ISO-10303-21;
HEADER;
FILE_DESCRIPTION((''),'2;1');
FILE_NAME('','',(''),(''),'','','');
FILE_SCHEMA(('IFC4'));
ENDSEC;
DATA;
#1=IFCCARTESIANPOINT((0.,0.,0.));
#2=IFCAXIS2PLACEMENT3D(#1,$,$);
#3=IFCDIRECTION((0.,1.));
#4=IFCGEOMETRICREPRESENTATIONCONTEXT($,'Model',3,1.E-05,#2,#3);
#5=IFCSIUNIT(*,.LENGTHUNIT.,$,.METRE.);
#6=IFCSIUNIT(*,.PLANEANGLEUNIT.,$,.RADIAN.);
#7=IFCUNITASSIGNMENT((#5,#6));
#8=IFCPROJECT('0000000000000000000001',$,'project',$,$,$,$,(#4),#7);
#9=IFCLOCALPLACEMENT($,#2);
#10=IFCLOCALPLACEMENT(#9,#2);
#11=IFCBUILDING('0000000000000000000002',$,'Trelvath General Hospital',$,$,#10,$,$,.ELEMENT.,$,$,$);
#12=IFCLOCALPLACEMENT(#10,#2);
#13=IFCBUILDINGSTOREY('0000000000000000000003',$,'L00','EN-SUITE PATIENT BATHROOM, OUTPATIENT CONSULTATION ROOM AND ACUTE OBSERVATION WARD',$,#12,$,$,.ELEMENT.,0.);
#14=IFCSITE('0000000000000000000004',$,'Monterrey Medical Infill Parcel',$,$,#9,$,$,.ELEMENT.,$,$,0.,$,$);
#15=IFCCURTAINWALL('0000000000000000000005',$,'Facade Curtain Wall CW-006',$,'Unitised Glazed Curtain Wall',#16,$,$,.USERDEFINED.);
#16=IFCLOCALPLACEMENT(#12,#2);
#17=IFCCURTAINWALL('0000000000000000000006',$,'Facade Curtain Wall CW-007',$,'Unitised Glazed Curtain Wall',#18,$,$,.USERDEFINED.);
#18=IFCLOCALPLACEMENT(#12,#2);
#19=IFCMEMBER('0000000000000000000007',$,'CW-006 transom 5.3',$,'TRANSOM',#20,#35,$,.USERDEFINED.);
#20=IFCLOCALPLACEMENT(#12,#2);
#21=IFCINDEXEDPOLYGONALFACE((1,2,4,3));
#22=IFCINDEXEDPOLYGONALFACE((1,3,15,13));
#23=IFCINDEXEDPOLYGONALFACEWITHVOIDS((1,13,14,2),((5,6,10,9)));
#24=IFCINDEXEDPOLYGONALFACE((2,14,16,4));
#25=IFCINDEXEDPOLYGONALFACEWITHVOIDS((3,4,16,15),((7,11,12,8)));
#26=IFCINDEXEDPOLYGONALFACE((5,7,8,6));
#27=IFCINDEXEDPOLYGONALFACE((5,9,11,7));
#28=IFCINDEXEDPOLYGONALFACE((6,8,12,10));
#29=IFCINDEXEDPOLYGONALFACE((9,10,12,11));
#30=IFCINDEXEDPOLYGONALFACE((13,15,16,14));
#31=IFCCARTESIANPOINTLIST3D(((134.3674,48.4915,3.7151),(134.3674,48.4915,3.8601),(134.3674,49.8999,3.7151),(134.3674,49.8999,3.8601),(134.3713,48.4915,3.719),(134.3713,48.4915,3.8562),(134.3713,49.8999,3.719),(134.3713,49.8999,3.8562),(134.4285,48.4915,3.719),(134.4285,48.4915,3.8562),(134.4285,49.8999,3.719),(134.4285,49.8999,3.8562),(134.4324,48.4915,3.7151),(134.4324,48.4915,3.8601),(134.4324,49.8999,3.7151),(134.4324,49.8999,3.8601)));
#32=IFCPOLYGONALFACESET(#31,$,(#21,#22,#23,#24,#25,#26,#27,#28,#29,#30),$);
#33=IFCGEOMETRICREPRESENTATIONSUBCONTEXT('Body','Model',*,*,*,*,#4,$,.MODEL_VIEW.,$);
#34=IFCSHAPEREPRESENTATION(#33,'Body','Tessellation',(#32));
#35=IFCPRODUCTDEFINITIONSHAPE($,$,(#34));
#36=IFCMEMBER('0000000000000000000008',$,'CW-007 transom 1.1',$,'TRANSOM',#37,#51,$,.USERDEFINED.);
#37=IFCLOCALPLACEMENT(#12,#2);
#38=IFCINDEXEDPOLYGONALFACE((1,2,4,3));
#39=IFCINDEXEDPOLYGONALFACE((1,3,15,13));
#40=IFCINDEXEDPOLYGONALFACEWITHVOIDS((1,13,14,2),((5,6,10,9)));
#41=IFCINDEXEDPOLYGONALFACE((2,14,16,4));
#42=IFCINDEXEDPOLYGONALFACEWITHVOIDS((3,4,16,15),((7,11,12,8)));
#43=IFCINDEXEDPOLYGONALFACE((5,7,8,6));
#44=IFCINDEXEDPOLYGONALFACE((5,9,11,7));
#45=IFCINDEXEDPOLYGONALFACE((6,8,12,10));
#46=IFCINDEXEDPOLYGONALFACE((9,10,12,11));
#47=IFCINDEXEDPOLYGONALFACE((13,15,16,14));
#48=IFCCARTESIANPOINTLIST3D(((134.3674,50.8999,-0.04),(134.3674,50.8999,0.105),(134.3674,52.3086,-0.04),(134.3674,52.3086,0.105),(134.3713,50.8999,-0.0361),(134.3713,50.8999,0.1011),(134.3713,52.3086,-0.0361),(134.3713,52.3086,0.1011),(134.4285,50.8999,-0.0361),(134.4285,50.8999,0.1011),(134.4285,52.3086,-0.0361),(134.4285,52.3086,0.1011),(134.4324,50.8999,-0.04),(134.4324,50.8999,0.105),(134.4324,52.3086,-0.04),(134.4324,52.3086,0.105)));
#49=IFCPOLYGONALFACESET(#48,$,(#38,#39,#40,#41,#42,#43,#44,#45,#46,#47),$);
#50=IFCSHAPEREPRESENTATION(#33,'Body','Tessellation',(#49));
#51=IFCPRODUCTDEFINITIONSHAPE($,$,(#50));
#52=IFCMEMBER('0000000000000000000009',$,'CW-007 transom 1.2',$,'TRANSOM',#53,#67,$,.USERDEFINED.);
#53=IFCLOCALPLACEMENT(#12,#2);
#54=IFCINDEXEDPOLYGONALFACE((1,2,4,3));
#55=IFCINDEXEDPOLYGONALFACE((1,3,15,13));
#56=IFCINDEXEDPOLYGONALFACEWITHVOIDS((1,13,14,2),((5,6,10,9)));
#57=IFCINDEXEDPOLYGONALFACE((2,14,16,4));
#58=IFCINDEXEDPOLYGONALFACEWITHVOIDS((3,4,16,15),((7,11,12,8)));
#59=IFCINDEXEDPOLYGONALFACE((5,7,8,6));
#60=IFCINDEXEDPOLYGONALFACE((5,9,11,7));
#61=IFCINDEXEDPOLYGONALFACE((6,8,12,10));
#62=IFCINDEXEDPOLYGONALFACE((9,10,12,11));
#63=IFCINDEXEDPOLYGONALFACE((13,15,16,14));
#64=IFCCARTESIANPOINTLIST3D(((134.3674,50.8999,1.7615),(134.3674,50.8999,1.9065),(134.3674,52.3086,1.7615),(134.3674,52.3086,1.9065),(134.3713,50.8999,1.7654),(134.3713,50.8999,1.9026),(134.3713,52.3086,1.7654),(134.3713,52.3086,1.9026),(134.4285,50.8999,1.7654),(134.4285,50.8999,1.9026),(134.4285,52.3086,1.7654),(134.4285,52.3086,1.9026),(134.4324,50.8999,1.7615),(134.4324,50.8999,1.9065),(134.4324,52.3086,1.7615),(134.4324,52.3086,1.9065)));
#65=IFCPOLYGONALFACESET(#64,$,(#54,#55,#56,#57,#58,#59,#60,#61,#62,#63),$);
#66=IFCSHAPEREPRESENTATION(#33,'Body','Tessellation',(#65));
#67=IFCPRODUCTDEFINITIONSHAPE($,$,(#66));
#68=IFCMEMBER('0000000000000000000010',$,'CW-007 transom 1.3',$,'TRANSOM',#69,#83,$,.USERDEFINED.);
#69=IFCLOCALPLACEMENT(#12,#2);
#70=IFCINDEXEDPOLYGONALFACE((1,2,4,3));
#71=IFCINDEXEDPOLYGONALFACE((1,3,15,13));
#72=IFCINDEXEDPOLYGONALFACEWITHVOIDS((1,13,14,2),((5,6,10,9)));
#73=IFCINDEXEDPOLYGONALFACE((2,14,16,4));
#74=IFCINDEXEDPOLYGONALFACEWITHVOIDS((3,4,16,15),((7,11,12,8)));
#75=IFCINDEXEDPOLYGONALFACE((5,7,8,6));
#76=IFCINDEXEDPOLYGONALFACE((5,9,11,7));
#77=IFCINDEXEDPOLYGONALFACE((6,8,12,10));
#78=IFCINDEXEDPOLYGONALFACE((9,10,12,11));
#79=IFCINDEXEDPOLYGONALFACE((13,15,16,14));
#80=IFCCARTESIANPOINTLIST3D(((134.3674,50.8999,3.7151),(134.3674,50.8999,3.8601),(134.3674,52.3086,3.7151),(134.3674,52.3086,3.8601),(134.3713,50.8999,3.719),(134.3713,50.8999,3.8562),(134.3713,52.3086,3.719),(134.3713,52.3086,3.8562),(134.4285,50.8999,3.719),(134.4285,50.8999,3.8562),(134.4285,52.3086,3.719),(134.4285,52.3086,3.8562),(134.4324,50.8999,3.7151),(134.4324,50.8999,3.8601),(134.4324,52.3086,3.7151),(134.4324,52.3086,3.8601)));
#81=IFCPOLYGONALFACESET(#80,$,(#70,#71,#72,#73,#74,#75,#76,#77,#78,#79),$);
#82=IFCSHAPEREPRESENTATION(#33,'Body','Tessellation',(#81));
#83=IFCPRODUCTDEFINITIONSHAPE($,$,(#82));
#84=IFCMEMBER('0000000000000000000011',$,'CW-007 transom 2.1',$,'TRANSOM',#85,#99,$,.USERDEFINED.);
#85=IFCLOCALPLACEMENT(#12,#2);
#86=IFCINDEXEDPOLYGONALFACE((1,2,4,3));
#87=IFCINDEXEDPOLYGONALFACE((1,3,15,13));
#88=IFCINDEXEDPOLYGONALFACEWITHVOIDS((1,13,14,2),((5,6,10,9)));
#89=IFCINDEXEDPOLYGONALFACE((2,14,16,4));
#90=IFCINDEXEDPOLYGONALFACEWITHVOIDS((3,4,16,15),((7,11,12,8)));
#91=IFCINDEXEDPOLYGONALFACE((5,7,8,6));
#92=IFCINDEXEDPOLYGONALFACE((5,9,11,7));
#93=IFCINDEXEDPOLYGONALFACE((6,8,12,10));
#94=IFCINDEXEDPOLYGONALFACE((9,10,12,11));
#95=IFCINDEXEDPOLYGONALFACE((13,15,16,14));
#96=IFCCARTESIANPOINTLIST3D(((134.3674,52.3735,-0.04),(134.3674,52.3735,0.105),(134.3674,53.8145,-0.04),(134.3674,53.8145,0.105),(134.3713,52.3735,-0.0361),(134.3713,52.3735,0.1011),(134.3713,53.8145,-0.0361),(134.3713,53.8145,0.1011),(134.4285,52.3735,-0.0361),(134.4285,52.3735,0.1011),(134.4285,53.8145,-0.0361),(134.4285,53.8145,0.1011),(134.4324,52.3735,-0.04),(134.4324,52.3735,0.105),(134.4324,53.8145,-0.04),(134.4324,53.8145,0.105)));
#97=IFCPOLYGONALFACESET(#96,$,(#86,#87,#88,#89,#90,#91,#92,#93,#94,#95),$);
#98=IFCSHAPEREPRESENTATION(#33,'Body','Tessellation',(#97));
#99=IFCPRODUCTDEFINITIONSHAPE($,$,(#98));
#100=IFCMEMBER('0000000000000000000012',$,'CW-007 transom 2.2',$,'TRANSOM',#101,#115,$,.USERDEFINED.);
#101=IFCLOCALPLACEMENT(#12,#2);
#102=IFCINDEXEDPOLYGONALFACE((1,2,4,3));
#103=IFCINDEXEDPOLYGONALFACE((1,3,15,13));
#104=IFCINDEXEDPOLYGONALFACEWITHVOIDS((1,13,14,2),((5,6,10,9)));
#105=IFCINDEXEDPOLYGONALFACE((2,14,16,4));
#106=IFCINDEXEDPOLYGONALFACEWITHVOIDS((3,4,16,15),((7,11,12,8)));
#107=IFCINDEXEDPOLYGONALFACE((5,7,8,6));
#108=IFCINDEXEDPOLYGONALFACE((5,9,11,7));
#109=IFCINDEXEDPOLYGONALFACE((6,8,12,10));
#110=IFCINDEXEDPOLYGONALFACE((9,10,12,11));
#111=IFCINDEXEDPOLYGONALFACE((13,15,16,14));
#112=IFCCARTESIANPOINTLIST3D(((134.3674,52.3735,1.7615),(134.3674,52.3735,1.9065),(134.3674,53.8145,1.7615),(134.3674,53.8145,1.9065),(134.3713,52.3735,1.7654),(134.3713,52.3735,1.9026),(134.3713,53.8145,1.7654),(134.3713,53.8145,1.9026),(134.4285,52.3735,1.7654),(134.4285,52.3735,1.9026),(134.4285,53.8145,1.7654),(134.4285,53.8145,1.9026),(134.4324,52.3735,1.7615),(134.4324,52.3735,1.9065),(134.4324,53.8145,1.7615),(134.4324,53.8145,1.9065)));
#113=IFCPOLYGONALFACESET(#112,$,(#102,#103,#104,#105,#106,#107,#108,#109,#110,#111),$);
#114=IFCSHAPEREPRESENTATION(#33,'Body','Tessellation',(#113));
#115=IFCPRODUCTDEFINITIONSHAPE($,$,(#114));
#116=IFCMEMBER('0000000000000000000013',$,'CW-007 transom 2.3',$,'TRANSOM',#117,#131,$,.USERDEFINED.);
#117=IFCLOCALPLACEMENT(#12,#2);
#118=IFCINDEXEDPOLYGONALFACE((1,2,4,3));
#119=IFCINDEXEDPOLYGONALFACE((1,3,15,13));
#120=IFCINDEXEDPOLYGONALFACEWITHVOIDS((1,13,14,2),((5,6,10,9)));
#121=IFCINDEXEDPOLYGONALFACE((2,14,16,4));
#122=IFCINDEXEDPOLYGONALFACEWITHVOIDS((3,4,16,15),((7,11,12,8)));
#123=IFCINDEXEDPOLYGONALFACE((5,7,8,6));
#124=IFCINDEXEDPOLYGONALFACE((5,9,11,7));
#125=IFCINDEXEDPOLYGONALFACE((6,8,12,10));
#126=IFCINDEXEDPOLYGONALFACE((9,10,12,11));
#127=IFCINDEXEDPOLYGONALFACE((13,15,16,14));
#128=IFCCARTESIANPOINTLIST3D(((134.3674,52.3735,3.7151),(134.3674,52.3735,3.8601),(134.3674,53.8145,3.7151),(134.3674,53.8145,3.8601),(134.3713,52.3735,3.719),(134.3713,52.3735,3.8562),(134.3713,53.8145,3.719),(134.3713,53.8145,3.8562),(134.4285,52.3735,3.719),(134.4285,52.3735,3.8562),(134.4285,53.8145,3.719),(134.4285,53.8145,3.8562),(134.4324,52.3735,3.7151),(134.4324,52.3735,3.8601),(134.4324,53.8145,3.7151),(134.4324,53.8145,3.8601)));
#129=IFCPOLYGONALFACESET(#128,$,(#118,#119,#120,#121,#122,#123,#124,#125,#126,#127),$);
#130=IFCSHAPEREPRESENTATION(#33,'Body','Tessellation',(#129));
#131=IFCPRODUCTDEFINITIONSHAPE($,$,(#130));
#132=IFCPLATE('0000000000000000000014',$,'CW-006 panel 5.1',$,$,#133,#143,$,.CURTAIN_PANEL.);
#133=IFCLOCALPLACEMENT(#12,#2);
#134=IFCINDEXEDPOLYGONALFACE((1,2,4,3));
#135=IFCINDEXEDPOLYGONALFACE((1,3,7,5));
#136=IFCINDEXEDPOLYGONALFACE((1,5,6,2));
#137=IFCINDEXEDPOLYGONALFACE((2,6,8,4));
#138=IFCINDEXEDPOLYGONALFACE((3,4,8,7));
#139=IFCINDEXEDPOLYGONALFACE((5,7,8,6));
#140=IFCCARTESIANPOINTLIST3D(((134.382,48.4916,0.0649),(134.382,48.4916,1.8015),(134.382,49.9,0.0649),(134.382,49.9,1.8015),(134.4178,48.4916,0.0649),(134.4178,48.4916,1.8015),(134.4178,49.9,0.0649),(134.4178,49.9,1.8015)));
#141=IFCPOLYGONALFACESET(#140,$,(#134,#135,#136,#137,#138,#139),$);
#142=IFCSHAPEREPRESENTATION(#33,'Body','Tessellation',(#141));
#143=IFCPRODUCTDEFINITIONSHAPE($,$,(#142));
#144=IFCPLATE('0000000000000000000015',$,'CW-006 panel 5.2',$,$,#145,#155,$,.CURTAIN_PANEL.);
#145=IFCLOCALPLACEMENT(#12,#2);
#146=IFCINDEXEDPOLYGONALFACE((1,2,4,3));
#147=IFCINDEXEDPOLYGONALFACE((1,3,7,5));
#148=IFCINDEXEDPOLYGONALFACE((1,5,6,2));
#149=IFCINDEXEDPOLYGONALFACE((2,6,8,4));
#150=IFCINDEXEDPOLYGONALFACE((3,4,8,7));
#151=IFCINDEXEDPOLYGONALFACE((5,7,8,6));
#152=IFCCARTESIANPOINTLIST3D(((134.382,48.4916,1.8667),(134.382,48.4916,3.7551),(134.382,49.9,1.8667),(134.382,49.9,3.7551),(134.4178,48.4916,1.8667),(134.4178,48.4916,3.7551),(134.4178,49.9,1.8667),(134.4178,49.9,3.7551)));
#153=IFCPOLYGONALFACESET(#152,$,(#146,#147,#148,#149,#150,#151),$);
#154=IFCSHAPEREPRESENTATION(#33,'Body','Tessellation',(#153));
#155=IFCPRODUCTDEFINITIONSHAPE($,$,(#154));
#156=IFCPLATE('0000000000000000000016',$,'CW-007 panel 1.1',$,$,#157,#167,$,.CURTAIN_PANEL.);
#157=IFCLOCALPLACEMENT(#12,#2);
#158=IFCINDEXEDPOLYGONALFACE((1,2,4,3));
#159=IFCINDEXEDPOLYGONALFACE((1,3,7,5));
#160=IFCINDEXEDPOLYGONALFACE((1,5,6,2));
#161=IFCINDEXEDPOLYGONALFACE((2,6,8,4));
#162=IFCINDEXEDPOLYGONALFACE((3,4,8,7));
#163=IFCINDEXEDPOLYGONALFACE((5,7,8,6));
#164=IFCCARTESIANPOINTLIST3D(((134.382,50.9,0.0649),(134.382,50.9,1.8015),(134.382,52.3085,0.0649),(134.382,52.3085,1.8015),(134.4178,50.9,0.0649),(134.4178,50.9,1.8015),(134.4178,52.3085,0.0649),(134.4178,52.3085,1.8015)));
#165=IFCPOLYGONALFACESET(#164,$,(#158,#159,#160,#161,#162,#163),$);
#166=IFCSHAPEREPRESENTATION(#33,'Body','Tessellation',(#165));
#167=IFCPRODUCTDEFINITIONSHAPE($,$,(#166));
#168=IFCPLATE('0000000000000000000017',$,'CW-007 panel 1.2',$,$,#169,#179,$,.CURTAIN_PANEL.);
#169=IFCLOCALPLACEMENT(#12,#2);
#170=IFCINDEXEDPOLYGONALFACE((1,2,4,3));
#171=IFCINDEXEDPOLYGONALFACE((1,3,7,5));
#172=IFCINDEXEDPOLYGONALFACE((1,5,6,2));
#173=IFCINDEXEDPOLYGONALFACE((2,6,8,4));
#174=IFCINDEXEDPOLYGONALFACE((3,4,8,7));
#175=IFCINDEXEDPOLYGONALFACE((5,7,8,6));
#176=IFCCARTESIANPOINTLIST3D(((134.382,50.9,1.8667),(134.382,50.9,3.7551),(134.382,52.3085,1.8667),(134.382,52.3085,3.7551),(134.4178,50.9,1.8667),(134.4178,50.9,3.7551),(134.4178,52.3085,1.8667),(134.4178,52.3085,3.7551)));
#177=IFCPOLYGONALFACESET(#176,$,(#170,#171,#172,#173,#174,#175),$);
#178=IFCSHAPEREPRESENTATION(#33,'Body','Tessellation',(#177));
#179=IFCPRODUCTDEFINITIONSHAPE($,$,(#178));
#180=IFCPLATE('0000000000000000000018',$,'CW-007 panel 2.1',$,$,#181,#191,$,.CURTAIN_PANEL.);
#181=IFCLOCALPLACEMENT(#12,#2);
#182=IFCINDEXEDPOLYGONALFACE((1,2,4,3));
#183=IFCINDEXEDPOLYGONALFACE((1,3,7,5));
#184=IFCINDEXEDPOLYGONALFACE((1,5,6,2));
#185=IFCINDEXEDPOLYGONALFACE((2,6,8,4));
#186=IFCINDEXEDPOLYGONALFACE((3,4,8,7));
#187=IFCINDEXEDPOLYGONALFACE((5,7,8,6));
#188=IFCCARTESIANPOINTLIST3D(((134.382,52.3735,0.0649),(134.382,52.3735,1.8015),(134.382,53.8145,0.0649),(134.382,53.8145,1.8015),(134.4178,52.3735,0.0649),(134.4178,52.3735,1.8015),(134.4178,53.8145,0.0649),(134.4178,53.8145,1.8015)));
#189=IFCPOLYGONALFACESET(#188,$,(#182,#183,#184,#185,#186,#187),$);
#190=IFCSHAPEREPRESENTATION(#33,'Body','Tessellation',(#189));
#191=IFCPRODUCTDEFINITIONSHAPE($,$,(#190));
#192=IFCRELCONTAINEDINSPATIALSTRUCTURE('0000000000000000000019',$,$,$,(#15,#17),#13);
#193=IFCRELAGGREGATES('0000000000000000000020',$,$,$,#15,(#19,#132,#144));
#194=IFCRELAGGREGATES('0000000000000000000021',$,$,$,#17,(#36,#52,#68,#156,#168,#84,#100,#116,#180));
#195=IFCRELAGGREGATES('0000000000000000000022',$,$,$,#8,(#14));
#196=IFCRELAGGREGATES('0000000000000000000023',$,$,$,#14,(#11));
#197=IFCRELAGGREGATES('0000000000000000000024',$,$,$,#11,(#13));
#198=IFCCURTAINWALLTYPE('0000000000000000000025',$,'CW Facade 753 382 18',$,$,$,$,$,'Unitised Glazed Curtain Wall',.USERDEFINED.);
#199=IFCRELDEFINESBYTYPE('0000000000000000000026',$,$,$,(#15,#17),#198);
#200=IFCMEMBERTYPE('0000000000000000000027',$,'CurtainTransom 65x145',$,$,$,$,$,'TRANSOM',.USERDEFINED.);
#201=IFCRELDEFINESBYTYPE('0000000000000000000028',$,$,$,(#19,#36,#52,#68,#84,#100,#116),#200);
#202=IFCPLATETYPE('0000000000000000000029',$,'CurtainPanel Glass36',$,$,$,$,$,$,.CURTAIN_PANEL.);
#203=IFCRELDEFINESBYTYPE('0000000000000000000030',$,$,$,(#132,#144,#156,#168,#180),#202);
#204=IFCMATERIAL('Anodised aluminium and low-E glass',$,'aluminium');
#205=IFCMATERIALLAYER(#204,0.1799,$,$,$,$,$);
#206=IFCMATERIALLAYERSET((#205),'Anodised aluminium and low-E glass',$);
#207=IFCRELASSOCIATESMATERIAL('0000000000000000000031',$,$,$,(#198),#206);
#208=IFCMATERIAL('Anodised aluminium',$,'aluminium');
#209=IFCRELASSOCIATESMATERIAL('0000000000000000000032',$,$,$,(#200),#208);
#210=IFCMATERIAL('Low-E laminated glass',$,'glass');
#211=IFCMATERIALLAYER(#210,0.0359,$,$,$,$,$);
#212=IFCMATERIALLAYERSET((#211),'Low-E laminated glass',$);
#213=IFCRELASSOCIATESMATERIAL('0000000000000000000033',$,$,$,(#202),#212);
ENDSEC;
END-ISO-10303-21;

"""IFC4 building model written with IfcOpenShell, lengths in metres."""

from ifc_helpers import new_model, si_unit, direction, frame, origin, origin_2d, place, context, subcontext, project, spatial, rectangle, hollow_rectangle, extrude, material, layer, layer_set, material_profile, profile_set, type_object, element, aggregate, save


model = new_model("IFC4")

# Units and contexts
model_context = context("Model", 3, precision=1e-05, world=origin(), true_north=direction((0.0, 1.0)))
body_context = subcontext(model_context, "Body", "Model", "MODEL_VIEW")
ifc_project = project(units=[si_unit("LENGTHUNIT", "METRE"), si_unit("PLANEANGLEUNIT", "RADIAN")], contexts=[model_context])

# Site, building, storey
site_placement = place(None, origin())
site = spatial("IfcSite", under=ifc_project, at=site_placement, Name="Monterrey Medical Infill Parcel", CompositionType="ELEMENT", RefElevation=0.0)
building_placement = place(site_placement, origin())
building = spatial("IfcBuilding", under=site, at=building_placement, Name="Trelvath General Hospital", CompositionType="ELEMENT")
storey_placement = place(building_placement, origin())
storey = spatial("IfcBuildingStorey", under=building, at=storey_placement, Name="L00", Description="EN-SUITE PATIENT BATHROOM, OUTPATIENT CONSULTATION ROOM AND ACUTE OBSERVATION WARD", CompositionType="ELEMENT", Elevation=0.0)

# Curtain wall
ifc_material_1 = material(Name="Anodised aluminium and low-E glass", Category="aluminium")
ifc_layer_1 = layer(ifc_material_1, 0.1799)
ifc_layer_set_1 = layer_set([ifc_layer_1], Name="Anodised aluminium and low-E glass")
curtain_wall_type = type_object("IfcCurtainWallType", Name="CW Facade 753 382 18", ElementType="Unitised Glazed Curtain Wall", PredefinedType="USERDEFINED", material=ifc_layer_set_1)
curtain_wall_1_placement = place(storey_placement, origin())
curtain_wall_1 = element("IfcCurtainWall", 1, at=curtain_wall_1_placement, inside=storey, type_object=curtain_wall_type, Name="Facade Curtain Wall CW-006", ObjectType="Unitised Glazed Curtain Wall", PredefinedType="USERDEFINED")

# Curtain wall
curtain_wall_2_placement = place(storey_placement, origin())
curtain_wall_2 = element("IfcCurtainWall", 2, at=curtain_wall_2_placement, inside=storey, type_object=curtain_wall_type, Name="Facade Curtain Wall CW-007", ObjectType="Unitised Glazed Curtain Wall", PredefinedType="USERDEFINED")

# Members
ifc_material_2 = material(Name="Anodised aluminium", Category="aluminium")
ifc_material_profile_1 = material_profile(ifc_material_2, hollow_rectangle(XDim=0.0649, YDim=0.145, WallThickness=0.0039, at=origin_2d()), Name="RHS65x145x4")
ifc_profile_set_1 = profile_set([ifc_material_profile_1], Name="Anodised aluminium")
member_type_1 = type_object("IfcMemberType", Name="CurtainTransom 65x145", ElementType="TRANSOM", PredefinedType="USERDEFINED", material=ifc_profile_set_1)
member_1_placement = place(storey_placement, frame((134.3999, 48.4915, 3.7876), z_axis=(0.0, 1.0, 0.0), x_axis=(-1.0, 0.0, 0.0)))
member_1 = element("IfcMember", 3, at=member_1_placement, type_object=member_type_1, Name="CW-006 transom 5.3", ObjectType="TRANSOM", PredefinedType="USERDEFINED", context=body_context, shape_type="SweptSolid", body=[
    extrude(hollow_rectangle(XDim=0.0649, YDim=0.145, WallThickness=0.0039, at=origin_2d()), origin(), (0.0, 0.0, 1.0), 1.4084),
])
member_2_placement = place(storey_placement, frame((134.3999, 50.8999, 0.0325), z_axis=(0.0, 1.0, 0.0), x_axis=(-1.0, 0.0, 0.0)))
member_2 = element("IfcMember", 4, at=member_2_placement, type_object=member_type_1, Name="CW-007 transom 1.1", ObjectType="TRANSOM", PredefinedType="USERDEFINED", context=body_context, shape_type="SweptSolid", body=[
    extrude(hollow_rectangle(XDim=0.0649, YDim=0.145, WallThickness=0.0039, at=origin_2d()), origin(), (0.0, 0.0, 1.0), 1.4087),
])
member_3_placement = place(storey_placement, frame((134.3999, 50.8999, 1.834), z_axis=(0.0, 1.0, 0.0), x_axis=(-1.0, 0.0, 0.0)))
member_3 = element("IfcMember", 5, at=member_3_placement, type_object=member_type_1, Name="CW-007 transom 1.2", ObjectType="TRANSOM", PredefinedType="USERDEFINED", context=body_context, shape_type="SweptSolid", body=[
    extrude(hollow_rectangle(XDim=0.0649, YDim=0.145, WallThickness=0.0039, at=origin_2d()), origin(), (0.0, 0.0, 1.0), 1.4087),
])
member_4_placement = place(storey_placement, frame((134.3999, 50.8999, 3.7876), z_axis=(0.0, 1.0, 0.0), x_axis=(-1.0, 0.0, 0.0)))
member_4 = element("IfcMember", 6, at=member_4_placement, type_object=member_type_1, Name="CW-007 transom 1.3", ObjectType="TRANSOM", PredefinedType="USERDEFINED", context=body_context, shape_type="SweptSolid", body=[
    extrude(hollow_rectangle(XDim=0.0649, YDim=0.145, WallThickness=0.0039, at=origin_2d()), origin(), (0.0, 0.0, 1.0), 1.4087),
])
member_5_placement = place(storey_placement, frame((134.3999, 52.3735, 0.0325), z_axis=(0.0, 1.0, 0.0), x_axis=(-1.0, 0.0, 0.0)))
member_5 = element("IfcMember", 7, at=member_5_placement, type_object=member_type_1, Name="CW-007 transom 2.1", ObjectType="TRANSOM", PredefinedType="USERDEFINED", context=body_context, shape_type="SweptSolid", body=[
    extrude(hollow_rectangle(XDim=0.0649, YDim=0.145, WallThickness=0.0039, at=origin_2d()), origin(), (0.0, 0.0, 1.0), 1.4409),
])
member_6_placement = place(storey_placement, frame((134.3999, 52.3735, 1.834), z_axis=(0.0, 1.0, 0.0), x_axis=(-1.0, 0.0, 0.0)))
member_6 = element("IfcMember", 8, at=member_6_placement, type_object=member_type_1, Name="CW-007 transom 2.2", ObjectType="TRANSOM", PredefinedType="USERDEFINED", context=body_context, shape_type="SweptSolid", body=[
    extrude(hollow_rectangle(XDim=0.0649, YDim=0.145, WallThickness=0.0039, at=origin_2d()), origin(), (0.0, 0.0, 1.0), 1.4409),
])
member_7_placement = place(storey_placement, frame((134.3999, 52.3735, 3.7876), z_axis=(0.0, 1.0, 0.0), x_axis=(-1.0, 0.0, 0.0)))
member_7 = element("IfcMember", 9, at=member_7_placement, type_object=member_type_1, Name="CW-007 transom 2.3", ObjectType="TRANSOM", PredefinedType="USERDEFINED", context=body_context, shape_type="SweptSolid", body=[
    extrude(hollow_rectangle(XDim=0.0649, YDim=0.145, WallThickness=0.0039, at=origin_2d()), origin(), (0.0, 0.0, 1.0), 1.4409),
])

# Plates
ifc_material_3 = material(Name="Low-E laminated glass", Category="glass")
ifc_layer_2 = layer(ifc_material_3, 0.0359)
ifc_layer_set_2 = layer_set([ifc_layer_2], Name="Low-E laminated glass")
plate_type = type_object("IfcPlateType", Name="CurtainPanel Glass36", PredefinedType="CURTAIN_PANEL", material=ifc_layer_set_2)
plate_1_placement = place(storey_placement, frame((134.3999, 49.1958, 0.0649), z_axis=(0.0, 0.0, 1.0), x_axis=(0.0, 1.0, 0.0)))
plate_1 = element("IfcPlate", 10, at=plate_1_placement, type_object=plate_type, Name="CW-006 panel 5.1", PredefinedType="CURTAIN_PANEL", context=body_context, shape_type="SweptSolid", body=[
    extrude(rectangle(XDim=1.4084, YDim=0.0359, at=origin_2d()), origin(), (0.0, 0.0, 1.0), 1.7366),
])
plate_2_placement = place(storey_placement, frame((134.3999, 49.1958, 1.8667), z_axis=(0.0, 0.0, 1.0), x_axis=(0.0, 1.0, 0.0)))
plate_2 = element("IfcPlate", 11, at=plate_2_placement, type_object=plate_type, Name="CW-006 panel 5.2", PredefinedType="CURTAIN_PANEL", context=body_context, shape_type="SweptSolid", body=[
    extrude(rectangle(XDim=1.4084, YDim=0.0359, at=origin_2d()), origin(), (0.0, 0.0, 1.0), 1.8884),
])
aggregate(curtain_wall_1, [member_1, plate_1, plate_2])
plate_3_placement = place(storey_placement, frame((134.3999, 51.6042, 0.0649), z_axis=(0.0, 0.0, 1.0), x_axis=(0.0, 1.0, 0.0)))
plate_3 = element("IfcPlate", 12, at=plate_3_placement, type_object=plate_type, Name="CW-007 panel 1.1", PredefinedType="CURTAIN_PANEL", context=body_context, shape_type="SweptSolid", body=[
    extrude(rectangle(XDim=1.4084, YDim=0.0359, at=origin_2d()), origin(), (0.0, 0.0, 1.0), 1.7366),
])
plate_4_placement = place(storey_placement, frame((134.3999, 51.6042, 1.8667), z_axis=(0.0, 0.0, 1.0), x_axis=(0.0, 1.0, 0.0)))
plate_4 = element("IfcPlate", 13, at=plate_4_placement, type_object=plate_type, Name="CW-007 panel 1.2", PredefinedType="CURTAIN_PANEL", context=body_context, shape_type="SweptSolid", body=[
    extrude(rectangle(XDim=1.4084, YDim=0.0359, at=origin_2d()), origin(), (0.0, 0.0, 1.0), 1.8884),
])
plate_5_placement = place(storey_placement, frame((134.3999, 53.094, 0.0649), z_axis=(0.0, 0.0, 1.0), x_axis=(0.0, 1.0, 0.0)))
plate_5 = element("IfcPlate", 14, at=plate_5_placement, type_object=plate_type, Name="CW-007 panel 2.1", PredefinedType="CURTAIN_PANEL", context=body_context, shape_type="SweptSolid", body=[
    extrude(rectangle(XDim=1.4409, YDim=0.0359, at=origin_2d()), origin(), (0.0, 0.0, 1.0), 1.7366),
])
aggregate(curtain_wall_2, [member_2, member_3, member_4, plate_3, plate_4, member_5, member_6, member_7, plate_5])

save(model, "model.ifc")
